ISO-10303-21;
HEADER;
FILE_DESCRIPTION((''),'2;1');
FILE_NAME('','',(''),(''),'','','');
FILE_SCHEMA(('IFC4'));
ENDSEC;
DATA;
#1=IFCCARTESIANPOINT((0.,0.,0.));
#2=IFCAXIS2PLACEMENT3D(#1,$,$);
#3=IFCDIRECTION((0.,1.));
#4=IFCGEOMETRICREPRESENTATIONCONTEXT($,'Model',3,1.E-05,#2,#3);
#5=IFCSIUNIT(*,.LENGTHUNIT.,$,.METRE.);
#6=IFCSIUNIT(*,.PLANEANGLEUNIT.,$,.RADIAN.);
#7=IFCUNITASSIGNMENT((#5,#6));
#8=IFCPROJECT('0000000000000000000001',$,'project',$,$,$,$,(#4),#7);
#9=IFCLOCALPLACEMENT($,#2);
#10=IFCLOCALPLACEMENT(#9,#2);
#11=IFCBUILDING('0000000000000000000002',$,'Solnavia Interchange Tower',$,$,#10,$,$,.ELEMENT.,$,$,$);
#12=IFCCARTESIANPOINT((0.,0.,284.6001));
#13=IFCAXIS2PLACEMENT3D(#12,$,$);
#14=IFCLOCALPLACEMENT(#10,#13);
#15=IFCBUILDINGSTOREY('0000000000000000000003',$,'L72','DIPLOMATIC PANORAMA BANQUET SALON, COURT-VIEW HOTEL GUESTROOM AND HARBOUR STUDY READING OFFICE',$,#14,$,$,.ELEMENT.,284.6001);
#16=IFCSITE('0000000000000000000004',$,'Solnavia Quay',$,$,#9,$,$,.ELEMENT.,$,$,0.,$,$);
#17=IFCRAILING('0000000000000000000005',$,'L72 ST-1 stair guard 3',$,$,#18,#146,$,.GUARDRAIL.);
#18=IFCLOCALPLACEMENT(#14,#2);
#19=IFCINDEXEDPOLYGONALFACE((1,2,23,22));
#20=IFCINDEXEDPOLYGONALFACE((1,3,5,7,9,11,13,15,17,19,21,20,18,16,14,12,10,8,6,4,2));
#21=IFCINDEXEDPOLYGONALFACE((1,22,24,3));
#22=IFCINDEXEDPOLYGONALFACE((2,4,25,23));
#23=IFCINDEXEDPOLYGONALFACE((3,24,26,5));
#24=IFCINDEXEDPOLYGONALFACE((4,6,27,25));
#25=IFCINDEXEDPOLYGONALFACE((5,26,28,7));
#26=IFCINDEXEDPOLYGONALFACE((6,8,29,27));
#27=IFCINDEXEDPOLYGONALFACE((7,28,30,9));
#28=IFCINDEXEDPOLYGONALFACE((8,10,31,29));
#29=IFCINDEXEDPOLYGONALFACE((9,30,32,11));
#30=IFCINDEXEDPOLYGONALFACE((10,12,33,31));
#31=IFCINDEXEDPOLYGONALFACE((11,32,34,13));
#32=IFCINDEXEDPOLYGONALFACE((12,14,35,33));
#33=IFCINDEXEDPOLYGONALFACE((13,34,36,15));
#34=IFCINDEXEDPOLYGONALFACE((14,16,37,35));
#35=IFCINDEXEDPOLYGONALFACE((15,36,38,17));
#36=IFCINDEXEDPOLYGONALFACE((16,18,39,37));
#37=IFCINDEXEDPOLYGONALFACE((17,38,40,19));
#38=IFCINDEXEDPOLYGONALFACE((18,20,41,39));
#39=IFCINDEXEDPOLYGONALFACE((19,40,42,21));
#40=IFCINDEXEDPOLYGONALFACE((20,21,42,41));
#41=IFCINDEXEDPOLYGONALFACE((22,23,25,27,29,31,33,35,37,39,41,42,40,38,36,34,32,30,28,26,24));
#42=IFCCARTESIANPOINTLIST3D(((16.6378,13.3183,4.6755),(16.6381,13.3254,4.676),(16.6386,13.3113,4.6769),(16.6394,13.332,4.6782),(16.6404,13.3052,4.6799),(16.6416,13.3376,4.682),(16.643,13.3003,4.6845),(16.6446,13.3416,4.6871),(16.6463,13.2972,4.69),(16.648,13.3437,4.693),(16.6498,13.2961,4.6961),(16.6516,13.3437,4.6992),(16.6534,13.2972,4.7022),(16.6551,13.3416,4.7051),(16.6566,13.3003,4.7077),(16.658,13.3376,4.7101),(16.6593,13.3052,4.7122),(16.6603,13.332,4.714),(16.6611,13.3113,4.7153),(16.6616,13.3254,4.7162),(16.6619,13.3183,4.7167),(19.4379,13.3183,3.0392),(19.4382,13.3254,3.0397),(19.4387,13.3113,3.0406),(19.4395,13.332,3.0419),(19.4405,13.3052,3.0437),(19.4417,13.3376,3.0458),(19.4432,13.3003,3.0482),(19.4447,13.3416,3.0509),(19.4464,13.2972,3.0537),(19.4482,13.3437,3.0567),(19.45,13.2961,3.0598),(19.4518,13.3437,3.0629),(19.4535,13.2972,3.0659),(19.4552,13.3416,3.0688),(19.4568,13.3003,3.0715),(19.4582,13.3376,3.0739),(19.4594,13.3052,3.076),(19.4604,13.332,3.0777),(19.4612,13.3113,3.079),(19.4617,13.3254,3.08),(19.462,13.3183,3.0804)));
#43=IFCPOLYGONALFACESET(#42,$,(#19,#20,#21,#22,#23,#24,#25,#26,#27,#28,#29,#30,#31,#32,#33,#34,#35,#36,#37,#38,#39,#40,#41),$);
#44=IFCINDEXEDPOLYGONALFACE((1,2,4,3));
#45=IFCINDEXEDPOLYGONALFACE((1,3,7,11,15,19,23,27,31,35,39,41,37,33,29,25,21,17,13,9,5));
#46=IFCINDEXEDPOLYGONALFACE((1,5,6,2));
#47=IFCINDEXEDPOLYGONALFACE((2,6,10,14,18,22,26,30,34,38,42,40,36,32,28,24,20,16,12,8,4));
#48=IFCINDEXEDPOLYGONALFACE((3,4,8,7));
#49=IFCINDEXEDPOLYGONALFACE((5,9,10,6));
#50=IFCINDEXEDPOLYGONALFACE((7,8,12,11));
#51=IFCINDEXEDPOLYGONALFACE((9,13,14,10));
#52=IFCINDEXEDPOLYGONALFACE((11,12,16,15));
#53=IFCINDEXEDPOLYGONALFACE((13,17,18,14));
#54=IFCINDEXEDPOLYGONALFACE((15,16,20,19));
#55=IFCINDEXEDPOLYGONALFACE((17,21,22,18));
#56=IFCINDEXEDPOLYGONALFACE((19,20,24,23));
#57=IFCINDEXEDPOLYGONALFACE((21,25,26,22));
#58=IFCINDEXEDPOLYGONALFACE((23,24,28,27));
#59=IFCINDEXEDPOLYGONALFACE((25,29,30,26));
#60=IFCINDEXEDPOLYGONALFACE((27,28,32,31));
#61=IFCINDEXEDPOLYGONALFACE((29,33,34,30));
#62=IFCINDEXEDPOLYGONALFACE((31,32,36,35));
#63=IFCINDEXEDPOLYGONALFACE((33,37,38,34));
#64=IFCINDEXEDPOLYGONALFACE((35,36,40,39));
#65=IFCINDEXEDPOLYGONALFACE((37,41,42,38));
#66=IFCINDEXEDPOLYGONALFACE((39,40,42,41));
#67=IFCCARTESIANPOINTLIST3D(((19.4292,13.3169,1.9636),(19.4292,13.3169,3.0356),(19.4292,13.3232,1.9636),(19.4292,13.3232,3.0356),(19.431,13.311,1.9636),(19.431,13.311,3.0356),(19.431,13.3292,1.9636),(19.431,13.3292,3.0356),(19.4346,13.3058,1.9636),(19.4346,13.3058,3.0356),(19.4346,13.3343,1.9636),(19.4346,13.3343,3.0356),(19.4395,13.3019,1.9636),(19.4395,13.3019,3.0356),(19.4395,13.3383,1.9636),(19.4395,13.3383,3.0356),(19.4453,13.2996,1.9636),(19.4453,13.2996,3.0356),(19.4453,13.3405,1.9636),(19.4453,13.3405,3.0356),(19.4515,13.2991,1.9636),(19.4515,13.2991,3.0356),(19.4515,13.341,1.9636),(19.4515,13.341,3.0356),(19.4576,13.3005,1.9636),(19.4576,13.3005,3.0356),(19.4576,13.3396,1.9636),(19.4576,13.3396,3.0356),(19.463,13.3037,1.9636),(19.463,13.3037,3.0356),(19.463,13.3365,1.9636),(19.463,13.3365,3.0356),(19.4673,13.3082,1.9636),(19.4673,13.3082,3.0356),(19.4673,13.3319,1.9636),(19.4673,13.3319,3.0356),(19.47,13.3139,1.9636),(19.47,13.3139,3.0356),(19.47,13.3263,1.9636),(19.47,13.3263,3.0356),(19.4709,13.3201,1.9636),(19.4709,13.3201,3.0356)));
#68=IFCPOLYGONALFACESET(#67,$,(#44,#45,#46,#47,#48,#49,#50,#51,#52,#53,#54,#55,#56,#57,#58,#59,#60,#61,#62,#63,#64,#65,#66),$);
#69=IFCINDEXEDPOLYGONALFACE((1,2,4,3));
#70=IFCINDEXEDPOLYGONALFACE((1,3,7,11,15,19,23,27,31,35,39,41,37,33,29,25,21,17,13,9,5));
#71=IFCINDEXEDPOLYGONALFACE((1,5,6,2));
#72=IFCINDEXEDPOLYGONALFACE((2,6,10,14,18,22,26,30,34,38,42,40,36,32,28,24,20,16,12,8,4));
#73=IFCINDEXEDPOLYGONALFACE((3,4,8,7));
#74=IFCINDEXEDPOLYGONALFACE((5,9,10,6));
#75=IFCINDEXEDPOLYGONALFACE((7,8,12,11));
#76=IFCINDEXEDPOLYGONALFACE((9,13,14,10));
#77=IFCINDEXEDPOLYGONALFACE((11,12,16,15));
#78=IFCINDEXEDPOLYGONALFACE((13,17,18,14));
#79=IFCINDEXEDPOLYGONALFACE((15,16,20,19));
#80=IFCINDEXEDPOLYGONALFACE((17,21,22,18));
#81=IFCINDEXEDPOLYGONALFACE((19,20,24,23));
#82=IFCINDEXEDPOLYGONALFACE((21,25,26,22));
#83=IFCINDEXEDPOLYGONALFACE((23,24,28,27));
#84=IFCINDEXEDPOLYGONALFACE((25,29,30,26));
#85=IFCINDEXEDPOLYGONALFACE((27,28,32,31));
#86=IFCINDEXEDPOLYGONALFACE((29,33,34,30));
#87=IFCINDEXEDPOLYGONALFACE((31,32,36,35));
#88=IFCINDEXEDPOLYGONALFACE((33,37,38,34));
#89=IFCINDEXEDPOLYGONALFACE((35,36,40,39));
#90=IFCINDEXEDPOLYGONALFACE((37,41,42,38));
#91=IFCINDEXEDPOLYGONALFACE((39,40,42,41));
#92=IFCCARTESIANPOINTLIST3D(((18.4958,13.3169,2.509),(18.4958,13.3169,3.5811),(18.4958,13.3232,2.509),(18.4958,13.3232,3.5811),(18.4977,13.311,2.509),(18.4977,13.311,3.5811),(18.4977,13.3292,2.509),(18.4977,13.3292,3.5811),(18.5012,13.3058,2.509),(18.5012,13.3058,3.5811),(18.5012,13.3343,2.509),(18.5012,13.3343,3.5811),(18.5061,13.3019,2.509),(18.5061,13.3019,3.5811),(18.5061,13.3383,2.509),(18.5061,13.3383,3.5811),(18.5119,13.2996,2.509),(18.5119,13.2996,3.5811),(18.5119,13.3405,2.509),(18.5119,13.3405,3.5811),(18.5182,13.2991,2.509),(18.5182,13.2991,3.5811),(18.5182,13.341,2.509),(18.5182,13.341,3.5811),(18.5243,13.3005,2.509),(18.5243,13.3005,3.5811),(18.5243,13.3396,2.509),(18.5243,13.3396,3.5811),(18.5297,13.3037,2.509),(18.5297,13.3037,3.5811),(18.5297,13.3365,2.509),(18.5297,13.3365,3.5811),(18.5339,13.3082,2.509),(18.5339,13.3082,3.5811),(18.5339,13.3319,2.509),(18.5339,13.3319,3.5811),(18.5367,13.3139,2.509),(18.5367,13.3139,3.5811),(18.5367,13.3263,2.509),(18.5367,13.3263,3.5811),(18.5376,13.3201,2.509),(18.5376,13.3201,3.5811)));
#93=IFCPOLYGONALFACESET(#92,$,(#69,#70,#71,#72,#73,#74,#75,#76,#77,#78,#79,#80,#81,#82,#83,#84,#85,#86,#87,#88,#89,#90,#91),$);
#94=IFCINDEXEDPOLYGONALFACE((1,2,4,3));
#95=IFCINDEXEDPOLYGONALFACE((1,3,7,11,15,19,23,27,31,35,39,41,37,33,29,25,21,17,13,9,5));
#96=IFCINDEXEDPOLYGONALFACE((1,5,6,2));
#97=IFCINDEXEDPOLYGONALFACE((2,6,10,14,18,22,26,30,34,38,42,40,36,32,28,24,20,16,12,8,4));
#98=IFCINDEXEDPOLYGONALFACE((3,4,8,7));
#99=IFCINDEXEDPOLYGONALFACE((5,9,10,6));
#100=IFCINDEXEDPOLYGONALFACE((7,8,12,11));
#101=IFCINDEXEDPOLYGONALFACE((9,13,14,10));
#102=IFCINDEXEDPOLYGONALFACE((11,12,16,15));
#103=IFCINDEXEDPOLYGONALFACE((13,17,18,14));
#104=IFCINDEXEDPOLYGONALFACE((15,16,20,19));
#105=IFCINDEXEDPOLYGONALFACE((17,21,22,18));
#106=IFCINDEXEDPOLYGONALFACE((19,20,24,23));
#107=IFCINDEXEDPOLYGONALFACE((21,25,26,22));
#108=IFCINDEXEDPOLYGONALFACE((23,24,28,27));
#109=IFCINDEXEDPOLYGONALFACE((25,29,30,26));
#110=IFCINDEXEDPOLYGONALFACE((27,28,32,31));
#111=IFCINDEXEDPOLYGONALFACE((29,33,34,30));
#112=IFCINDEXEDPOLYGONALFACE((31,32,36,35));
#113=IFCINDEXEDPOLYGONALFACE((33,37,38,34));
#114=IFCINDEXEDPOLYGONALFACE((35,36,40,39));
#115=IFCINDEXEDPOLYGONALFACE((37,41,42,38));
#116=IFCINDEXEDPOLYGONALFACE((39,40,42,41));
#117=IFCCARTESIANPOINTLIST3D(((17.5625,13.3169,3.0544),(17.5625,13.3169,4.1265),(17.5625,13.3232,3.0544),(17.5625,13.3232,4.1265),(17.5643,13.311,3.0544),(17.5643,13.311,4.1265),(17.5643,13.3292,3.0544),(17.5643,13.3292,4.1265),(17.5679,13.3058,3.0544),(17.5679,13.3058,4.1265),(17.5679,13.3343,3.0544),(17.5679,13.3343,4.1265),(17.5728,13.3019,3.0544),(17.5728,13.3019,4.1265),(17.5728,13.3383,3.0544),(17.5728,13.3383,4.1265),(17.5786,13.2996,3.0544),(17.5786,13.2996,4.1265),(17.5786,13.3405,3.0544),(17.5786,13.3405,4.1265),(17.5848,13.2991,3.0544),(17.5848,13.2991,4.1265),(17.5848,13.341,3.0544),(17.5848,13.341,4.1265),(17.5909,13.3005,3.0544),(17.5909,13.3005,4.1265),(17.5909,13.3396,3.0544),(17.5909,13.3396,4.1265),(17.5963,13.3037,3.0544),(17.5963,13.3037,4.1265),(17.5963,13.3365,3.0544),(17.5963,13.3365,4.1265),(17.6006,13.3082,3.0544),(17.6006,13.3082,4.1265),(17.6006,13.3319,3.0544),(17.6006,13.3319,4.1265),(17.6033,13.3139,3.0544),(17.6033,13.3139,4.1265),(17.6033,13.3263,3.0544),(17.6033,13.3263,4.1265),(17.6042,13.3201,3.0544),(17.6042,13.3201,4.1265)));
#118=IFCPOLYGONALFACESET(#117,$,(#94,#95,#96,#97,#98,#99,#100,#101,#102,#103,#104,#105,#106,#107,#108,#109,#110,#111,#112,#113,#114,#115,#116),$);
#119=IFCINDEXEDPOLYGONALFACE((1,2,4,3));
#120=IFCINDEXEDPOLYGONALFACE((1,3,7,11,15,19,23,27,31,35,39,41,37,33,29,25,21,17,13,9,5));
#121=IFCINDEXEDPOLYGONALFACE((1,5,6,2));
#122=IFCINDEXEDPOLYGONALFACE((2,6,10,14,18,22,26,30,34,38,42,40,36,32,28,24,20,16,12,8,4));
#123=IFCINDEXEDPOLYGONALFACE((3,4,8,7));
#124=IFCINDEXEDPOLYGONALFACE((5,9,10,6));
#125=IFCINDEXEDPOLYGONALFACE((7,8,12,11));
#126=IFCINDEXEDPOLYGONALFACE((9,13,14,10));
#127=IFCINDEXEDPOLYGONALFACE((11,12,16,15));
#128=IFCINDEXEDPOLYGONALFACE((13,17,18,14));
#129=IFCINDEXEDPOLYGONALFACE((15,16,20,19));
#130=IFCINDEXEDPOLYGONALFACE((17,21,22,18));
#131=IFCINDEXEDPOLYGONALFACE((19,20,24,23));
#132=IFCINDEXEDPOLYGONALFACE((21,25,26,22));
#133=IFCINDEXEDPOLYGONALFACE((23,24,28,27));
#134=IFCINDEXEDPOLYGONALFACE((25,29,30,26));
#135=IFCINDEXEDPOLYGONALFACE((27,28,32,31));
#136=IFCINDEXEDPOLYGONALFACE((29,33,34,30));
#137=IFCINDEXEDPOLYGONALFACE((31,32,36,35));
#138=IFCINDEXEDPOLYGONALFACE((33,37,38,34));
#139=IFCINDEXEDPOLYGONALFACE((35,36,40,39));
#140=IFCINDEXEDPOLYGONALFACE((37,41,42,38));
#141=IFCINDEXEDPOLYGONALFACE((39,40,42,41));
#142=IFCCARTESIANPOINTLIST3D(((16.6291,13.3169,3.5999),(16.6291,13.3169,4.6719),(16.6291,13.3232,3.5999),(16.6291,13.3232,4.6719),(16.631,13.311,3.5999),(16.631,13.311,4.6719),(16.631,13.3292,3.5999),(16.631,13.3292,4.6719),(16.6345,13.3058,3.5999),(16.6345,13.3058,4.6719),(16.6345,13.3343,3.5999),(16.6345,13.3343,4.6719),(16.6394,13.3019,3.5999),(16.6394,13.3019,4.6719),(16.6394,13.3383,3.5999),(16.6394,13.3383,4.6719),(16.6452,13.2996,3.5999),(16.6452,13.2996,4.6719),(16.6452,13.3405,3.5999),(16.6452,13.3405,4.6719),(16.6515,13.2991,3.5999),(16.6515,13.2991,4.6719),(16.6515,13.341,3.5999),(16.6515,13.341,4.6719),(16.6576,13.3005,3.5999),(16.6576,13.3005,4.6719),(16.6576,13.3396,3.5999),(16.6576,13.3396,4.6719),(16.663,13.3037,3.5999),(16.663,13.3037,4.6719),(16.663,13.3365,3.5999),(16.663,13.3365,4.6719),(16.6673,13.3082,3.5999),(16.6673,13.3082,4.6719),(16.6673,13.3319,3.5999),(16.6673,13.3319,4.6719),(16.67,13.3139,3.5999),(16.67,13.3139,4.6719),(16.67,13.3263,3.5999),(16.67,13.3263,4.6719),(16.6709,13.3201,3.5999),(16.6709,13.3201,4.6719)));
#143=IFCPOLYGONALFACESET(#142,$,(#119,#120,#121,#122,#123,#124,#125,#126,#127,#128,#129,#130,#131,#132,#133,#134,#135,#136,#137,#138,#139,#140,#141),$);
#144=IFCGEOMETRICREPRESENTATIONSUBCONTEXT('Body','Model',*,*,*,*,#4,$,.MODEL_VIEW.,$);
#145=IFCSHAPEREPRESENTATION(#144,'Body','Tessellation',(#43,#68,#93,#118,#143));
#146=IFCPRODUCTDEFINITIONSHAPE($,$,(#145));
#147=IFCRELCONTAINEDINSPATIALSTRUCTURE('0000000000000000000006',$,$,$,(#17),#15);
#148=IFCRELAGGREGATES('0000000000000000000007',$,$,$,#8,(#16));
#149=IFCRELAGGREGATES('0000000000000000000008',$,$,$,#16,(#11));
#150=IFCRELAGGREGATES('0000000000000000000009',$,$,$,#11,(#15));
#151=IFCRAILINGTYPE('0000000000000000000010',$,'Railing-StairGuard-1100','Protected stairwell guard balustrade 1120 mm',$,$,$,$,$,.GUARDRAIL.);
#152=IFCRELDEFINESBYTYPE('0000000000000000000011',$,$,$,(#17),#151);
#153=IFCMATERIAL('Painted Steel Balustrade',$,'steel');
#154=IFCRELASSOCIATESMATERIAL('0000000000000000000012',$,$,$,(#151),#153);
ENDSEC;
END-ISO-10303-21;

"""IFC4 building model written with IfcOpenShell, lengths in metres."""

from ifc_helpers import new_model, si_unit, direction, frame, origin, origin_2d, place, context, subcontext, project, spatial, circle, extrude, material, type_object, element, save


model = new_model("IFC4")

# Units and contexts
model_context = context("Model", 3, precision=1e-05, world=origin(), true_north=direction((0.0, 1.0)))
body_context = subcontext(model_context, "Body", "Model", "MODEL_VIEW")
ifc_project = project(units=[si_unit("LENGTHUNIT", "METRE"), si_unit("PLANEANGLEUNIT", "RADIAN")], contexts=[model_context])

# Site, building, storey
site_placement = place(None, origin())
site = spatial("IfcSite", under=ifc_project, at=site_placement, Name="Solnavia Quay", CompositionType="ELEMENT", RefElevation=0.0)
building_placement = place(site_placement, origin())
building = spatial("IfcBuilding", under=site, at=building_placement, Name="Solnavia Interchange Tower", CompositionType="ELEMENT")
storey_placement = place(building_placement, frame((0.0, 0.0, 284.6001)))
storey = spatial("IfcBuildingStorey", under=building, at=storey_placement, Name="L72", Description="DIPLOMATIC PANORAMA BANQUET SALON, COURT-VIEW HOTEL GUESTROOM AND HARBOUR STUDY READING OFFICE", CompositionType="ELEMENT", Elevation=284.6001)

# Railing
ifc_material_1 = material(Name="Painted Steel Balustrade", Category="steel")
railing_type_1 = type_object("IfcRailingType", Name="Railing-StairGuard-1100", Description="Protected stairwell guard balustrade 1120 mm", PredefinedType="GUARDRAIL", material=ifc_material_1)
for number, where, name in (
    (1, (19.45, 13.3201, 1.9636), "L72 ST-1 stair guard 3"),
):
    element("IfcRailing", number, at=place(storey_placement, frame(where)), inside=storey, type_object=railing_type_1, Name=name, PredefinedType="GUARDRAIL", context=body_context, shape_type="SweptSolid", body=[
        extrude(circle(Radius=0.0239, at=origin_2d()), frame((0.0, 0.0, 1.0962), z_axis=(-0.863394, 0.0, 0.504531), x_axis=(0.0, -1.0, 0.0)), (0.0, 0.0, 1.0), 3.2432),
        extrude(circle(Radius=0.021, at=origin_2d()), origin(), (0.0, 0.0, 1.0), 1.072),
        extrude(circle(Radius=0.021, at=origin_2d()), frame((-0.9333, 0.0, 0.5454)), (0.0, 0.0, 1.0), 1.072),
        extrude(circle(Radius=0.021, at=origin_2d()), frame((-1.8667, 0.0, 1.0908)), (0.0, 0.0, 1.0), 1.072),
        extrude(circle(Radius=0.021, at=origin_2d()), frame((-2.8, 0.0, 1.6362)), (0.0, 0.0, 1.0), 1.072),
    ])

save(model, "model.ifc")
